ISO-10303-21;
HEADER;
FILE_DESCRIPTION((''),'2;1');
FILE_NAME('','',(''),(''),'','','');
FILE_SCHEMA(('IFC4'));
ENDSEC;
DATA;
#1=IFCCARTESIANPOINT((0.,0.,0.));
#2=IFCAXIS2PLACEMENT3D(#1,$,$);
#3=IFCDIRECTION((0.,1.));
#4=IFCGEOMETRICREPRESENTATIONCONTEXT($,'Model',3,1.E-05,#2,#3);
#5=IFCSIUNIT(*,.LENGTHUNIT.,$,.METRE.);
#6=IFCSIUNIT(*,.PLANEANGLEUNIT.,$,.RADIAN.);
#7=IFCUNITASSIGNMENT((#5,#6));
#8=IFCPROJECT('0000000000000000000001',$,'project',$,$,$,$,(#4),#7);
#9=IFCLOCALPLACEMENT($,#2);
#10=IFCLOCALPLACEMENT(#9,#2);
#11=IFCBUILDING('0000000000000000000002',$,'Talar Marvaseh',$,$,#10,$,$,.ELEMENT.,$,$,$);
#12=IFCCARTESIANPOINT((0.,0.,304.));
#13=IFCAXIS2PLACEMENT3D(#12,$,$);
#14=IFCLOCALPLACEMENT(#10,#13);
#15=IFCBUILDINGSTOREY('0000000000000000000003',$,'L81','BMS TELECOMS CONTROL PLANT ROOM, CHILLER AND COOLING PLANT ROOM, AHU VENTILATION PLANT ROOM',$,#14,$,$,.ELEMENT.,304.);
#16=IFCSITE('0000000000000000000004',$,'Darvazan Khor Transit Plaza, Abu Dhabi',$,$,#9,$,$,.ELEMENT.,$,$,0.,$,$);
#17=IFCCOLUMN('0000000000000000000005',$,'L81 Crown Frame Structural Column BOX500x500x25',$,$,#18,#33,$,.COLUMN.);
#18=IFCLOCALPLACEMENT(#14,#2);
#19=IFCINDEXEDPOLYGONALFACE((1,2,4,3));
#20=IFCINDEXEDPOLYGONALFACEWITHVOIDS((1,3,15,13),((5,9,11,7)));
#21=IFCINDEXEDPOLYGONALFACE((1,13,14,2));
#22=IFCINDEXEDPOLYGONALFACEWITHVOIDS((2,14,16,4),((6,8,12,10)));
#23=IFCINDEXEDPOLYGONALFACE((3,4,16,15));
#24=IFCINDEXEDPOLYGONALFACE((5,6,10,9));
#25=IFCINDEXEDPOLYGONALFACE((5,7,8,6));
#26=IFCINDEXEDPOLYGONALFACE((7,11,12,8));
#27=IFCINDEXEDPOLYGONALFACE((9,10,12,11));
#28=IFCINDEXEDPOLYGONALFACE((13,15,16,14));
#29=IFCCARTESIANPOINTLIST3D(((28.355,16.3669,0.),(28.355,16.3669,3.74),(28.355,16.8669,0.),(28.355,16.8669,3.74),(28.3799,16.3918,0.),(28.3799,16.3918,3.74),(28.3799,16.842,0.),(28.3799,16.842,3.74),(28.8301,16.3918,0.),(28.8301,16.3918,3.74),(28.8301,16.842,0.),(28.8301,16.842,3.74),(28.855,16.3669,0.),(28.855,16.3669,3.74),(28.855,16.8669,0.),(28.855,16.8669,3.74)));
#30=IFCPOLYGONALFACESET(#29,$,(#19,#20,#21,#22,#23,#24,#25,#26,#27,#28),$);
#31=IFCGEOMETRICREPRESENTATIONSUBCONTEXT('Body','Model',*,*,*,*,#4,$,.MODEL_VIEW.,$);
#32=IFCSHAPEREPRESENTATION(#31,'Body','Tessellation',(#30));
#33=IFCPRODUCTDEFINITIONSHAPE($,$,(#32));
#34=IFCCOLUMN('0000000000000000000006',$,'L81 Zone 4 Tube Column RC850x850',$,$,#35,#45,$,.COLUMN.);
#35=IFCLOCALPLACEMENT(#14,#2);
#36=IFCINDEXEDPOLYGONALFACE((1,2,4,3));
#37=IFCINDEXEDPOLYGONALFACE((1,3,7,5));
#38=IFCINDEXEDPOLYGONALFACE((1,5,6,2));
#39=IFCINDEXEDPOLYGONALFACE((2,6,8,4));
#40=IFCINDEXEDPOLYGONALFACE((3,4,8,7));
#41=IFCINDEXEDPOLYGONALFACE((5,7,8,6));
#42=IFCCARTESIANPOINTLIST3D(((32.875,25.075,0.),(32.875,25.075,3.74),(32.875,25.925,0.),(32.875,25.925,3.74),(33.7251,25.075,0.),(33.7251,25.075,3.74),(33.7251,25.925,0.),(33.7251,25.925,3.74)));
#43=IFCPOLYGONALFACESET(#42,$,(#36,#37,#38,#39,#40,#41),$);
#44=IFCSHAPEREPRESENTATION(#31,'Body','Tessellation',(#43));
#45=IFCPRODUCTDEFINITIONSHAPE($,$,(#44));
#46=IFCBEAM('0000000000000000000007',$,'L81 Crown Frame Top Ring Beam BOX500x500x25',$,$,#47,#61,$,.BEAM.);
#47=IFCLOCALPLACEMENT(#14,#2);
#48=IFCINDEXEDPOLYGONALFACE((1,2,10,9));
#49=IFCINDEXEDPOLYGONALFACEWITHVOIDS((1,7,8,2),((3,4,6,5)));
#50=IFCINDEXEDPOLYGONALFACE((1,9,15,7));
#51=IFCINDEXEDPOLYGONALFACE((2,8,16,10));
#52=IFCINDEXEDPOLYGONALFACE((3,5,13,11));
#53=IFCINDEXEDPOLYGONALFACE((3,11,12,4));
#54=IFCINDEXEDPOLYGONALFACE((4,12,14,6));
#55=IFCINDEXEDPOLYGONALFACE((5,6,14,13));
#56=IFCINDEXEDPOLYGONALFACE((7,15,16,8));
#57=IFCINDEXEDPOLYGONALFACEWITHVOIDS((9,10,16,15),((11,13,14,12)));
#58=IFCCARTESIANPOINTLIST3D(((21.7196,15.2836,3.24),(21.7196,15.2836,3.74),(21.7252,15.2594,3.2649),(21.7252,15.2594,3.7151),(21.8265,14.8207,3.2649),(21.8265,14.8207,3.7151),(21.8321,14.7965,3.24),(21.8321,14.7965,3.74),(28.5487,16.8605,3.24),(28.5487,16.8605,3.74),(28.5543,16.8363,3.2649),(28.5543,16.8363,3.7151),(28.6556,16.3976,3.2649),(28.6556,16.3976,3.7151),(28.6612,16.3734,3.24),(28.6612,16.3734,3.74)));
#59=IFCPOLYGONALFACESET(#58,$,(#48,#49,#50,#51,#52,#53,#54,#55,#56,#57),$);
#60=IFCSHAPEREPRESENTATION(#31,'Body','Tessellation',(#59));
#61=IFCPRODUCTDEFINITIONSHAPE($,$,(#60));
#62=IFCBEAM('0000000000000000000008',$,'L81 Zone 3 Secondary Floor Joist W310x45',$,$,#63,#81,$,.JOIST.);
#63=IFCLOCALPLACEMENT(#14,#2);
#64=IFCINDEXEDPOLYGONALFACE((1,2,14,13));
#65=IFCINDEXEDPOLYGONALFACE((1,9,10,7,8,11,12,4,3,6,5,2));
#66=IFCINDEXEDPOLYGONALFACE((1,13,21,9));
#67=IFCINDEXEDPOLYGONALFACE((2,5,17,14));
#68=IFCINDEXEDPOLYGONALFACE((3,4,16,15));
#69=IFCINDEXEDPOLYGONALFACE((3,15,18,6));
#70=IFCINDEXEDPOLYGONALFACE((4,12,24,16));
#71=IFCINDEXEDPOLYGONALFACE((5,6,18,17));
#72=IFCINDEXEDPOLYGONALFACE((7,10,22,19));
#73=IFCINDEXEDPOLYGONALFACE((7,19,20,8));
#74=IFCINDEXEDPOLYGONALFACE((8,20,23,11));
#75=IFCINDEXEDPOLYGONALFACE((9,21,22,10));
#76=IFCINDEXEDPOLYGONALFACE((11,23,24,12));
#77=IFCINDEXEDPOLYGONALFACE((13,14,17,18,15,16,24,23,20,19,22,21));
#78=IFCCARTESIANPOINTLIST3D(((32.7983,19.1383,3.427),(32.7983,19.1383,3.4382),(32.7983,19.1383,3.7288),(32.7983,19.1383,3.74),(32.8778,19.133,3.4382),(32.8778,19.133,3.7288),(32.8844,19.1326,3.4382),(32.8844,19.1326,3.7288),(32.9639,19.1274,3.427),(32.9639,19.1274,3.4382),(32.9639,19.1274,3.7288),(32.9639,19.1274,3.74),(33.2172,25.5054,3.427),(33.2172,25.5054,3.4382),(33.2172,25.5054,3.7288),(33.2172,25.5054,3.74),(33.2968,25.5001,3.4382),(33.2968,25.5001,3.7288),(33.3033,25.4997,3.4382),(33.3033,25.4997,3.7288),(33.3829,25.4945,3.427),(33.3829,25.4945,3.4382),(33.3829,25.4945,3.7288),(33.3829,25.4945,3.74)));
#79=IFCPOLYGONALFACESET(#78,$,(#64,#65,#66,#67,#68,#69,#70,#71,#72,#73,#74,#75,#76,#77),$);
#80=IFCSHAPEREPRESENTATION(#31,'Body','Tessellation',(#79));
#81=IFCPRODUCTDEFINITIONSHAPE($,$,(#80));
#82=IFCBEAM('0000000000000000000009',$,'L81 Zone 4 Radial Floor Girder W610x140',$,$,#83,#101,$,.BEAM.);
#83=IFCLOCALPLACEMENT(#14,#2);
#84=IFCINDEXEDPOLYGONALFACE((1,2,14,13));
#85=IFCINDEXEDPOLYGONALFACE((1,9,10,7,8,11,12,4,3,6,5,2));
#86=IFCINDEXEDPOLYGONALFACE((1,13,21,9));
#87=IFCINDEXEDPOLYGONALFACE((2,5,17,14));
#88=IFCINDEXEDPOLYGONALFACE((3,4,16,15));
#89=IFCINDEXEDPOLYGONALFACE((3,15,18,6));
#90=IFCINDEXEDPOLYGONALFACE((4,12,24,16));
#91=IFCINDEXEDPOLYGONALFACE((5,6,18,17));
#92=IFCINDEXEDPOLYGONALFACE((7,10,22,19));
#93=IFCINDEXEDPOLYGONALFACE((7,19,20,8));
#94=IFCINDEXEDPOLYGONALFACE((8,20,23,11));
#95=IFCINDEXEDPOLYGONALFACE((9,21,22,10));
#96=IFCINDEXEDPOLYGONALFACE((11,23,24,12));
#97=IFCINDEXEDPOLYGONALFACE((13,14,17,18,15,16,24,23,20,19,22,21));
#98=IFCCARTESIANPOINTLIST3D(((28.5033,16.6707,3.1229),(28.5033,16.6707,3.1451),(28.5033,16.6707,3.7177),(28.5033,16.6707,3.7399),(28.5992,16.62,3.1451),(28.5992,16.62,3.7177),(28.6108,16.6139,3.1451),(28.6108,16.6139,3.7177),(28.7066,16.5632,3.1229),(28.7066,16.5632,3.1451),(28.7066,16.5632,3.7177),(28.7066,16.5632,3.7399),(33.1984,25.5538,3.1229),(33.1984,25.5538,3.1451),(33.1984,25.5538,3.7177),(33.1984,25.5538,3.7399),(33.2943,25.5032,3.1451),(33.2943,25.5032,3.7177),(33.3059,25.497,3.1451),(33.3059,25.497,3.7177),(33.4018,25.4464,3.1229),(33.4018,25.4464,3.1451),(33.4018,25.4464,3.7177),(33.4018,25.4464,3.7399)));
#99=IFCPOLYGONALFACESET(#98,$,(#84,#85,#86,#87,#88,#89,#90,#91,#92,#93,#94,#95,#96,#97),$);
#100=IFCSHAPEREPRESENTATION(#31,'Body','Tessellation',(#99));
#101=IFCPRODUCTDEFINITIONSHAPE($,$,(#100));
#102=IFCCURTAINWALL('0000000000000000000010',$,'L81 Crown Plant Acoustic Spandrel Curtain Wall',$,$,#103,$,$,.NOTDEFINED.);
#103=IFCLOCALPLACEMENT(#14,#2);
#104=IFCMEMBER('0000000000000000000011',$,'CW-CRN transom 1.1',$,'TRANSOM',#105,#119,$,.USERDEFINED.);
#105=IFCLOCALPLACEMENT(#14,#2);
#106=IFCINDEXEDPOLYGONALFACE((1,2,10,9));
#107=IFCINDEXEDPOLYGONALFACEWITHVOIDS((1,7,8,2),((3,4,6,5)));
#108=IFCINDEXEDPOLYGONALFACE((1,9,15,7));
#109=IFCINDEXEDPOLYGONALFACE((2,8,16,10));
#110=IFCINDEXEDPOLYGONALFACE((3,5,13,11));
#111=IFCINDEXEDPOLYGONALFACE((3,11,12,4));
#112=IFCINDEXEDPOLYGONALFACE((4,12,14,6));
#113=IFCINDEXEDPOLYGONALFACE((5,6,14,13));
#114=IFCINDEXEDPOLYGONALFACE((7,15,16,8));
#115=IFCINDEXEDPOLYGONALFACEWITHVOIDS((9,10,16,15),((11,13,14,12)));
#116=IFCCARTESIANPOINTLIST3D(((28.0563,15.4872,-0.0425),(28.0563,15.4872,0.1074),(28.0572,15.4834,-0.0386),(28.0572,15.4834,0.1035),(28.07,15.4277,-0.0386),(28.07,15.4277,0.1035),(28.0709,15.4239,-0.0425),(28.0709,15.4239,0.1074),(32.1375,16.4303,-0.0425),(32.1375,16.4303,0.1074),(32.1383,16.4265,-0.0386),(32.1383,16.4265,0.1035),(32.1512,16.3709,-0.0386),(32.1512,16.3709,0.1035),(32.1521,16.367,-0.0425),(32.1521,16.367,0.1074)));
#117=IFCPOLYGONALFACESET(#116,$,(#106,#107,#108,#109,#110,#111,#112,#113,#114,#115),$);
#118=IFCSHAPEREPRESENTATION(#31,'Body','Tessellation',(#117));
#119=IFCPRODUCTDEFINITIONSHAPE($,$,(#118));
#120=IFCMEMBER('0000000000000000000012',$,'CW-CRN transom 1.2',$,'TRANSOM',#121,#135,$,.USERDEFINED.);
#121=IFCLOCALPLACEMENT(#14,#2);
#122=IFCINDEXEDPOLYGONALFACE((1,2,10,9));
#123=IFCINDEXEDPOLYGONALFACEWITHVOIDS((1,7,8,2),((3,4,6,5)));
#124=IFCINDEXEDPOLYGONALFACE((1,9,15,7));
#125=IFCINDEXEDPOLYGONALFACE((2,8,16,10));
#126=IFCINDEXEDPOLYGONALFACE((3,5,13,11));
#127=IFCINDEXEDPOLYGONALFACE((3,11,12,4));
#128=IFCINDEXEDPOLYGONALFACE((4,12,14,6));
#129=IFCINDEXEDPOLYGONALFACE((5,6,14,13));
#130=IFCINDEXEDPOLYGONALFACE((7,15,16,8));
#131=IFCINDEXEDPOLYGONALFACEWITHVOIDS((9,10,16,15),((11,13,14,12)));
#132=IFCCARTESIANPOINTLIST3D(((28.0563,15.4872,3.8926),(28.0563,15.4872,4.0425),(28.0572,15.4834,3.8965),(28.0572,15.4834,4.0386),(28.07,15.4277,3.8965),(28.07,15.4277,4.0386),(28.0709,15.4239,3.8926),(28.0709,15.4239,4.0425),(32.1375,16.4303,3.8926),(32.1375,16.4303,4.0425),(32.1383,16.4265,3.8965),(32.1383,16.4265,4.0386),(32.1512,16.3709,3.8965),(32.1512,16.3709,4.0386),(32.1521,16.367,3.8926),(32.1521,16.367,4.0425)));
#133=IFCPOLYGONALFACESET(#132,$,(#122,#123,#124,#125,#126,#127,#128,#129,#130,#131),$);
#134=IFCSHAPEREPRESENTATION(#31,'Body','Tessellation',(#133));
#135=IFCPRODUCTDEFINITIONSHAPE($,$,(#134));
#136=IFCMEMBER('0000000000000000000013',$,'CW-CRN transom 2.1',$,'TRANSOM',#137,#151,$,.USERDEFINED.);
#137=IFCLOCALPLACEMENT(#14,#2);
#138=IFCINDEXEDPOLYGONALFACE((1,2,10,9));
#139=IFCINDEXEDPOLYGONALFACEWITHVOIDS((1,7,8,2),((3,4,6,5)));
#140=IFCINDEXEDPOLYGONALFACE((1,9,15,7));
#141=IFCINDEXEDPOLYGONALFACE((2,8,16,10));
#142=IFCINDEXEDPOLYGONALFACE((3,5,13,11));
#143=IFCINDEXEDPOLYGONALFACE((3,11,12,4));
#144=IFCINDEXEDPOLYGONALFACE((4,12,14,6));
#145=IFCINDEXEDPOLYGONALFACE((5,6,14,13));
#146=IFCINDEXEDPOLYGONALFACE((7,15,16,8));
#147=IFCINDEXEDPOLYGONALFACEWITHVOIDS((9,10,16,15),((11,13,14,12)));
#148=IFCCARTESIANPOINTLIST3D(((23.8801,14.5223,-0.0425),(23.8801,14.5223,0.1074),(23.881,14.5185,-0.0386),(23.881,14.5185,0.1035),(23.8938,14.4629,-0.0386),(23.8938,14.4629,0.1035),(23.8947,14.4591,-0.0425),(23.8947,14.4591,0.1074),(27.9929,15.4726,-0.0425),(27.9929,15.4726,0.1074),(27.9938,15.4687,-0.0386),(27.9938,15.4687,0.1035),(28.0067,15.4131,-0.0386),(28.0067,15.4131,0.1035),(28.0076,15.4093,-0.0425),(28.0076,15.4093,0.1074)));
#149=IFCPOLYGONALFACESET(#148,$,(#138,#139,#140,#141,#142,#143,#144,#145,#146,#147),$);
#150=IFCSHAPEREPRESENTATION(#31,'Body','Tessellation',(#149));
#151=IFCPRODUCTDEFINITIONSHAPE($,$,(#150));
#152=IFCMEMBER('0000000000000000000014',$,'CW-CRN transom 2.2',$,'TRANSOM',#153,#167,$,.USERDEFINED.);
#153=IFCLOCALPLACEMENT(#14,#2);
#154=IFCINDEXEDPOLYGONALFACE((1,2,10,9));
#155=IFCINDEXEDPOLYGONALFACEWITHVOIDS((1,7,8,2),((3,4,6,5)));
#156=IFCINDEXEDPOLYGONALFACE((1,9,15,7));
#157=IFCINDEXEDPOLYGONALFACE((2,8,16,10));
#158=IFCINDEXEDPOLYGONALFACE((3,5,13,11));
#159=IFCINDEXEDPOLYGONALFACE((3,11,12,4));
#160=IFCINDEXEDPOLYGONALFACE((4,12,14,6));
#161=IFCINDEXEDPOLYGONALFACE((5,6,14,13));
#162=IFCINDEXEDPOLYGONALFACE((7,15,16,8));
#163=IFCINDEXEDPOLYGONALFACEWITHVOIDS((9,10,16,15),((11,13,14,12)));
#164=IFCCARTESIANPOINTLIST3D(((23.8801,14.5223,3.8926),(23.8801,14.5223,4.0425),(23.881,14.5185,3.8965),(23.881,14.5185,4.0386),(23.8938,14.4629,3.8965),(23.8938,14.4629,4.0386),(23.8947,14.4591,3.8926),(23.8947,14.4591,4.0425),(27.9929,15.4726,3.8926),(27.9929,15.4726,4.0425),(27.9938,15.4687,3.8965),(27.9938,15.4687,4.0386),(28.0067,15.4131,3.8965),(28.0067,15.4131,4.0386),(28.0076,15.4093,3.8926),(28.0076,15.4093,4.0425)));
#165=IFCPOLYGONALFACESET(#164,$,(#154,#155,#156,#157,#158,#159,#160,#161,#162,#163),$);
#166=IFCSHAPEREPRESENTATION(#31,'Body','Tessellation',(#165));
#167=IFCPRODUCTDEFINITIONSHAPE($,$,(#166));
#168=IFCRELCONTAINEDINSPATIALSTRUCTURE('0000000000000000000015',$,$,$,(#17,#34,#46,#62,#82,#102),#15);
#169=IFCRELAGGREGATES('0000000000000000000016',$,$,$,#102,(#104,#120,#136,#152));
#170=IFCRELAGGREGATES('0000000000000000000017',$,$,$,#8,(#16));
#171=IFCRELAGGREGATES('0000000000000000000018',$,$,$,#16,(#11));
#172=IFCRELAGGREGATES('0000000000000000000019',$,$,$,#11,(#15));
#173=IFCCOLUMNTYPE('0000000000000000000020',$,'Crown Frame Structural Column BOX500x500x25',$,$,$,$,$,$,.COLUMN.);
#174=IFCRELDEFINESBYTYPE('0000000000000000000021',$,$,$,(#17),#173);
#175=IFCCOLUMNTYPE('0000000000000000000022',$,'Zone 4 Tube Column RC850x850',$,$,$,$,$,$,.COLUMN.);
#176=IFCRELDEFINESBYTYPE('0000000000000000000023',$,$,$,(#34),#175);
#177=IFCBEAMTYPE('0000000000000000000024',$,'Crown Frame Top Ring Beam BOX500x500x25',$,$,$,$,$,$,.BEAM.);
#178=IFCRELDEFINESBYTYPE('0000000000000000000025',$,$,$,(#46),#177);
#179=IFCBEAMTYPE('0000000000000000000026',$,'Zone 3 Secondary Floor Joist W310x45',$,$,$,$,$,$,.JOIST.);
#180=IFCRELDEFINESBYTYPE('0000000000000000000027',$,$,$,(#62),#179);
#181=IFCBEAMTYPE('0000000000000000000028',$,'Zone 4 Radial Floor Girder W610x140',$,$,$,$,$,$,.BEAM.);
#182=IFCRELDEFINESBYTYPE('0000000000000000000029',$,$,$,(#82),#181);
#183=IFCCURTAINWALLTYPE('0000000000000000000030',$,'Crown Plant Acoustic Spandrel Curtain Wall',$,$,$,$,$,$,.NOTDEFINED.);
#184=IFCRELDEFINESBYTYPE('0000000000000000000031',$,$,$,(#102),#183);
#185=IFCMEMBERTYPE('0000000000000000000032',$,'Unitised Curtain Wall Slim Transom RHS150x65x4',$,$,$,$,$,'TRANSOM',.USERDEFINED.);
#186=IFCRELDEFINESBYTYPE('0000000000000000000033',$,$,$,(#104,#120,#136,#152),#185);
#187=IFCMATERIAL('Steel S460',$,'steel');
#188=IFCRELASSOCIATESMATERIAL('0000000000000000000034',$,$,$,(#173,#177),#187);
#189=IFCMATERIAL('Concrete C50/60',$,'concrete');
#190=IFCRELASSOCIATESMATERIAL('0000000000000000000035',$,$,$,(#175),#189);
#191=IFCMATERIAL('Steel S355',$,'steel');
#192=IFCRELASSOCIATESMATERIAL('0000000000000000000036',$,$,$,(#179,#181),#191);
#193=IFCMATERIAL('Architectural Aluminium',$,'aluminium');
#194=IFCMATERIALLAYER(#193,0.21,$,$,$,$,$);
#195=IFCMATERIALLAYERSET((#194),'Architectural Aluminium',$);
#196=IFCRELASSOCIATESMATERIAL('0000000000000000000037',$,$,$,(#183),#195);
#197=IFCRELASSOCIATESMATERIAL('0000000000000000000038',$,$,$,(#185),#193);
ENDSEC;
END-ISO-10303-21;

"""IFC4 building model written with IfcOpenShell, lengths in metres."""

from ifc_helpers import new_model, si_unit, direction, frame, origin, origin_2d, place, context, subcontext, project, spatial, rectangle, hollow_rectangle, i_section, extrude, source, transform, mapped, material, layer, layer_set, material_profile, profile_set, type_object, type_shapes, element, aggregate, save


model = new_model("IFC4")

# Units and contexts
model_context = context("Model", 3, precision=1e-05, world=origin(), true_north=direction((0.0, 1.0)))
body_context = subcontext(model_context, "Body", "Model", "MODEL_VIEW")
ifc_project = project(units=[si_unit("LENGTHUNIT", "METRE"), si_unit("PLANEANGLEUNIT", "RADIAN")], contexts=[model_context])

# Site, building, storey
site_placement = place(None, origin())
site = spatial("IfcSite", under=ifc_project, at=site_placement, Name="Darvazan Khor Transit Plaza, Abu Dhabi", CompositionType="ELEMENT", RefElevation=0.0)
building_placement = place(site_placement, origin())
building = spatial("IfcBuilding", under=site, at=building_placement, Name="Talar Marvaseh", CompositionType="ELEMENT")
storey_placement = place(building_placement, frame((0.0, 0.0, 304.0)))
storey = spatial("IfcBuildingStorey", under=building, at=storey_placement, Name="L81", Description="BMS TELECOMS CONTROL PLANT ROOM, CHILLER AND COOLING PLANT ROOM, AHU VENTILATION PLANT ROOM", CompositionType="ELEMENT", Elevation=304.0)

# Columns
ifc_material_1 = material(Name="Steel S460", Category="steel")
ifc_material_profile_1 = material_profile(ifc_material_1, hollow_rectangle(XDim=0.5, YDim=0.5, WallThickness=0.0249, at=origin_2d()), Name="BOX500x500x25")
ifc_profile_set_1 = profile_set([ifc_material_profile_1], Name="Steel S460")
column_type_1 = type_object("IfcColumnType", Name="Crown Frame Structural Column BOX500x500x25", PredefinedType="COLUMN", material=ifc_profile_set_1)
column_1_placement = place(storey_placement, frame((28.605, 16.6169, 0.0), z_axis=(0.0, 0.0, 1.0), x_axis=(1.0, 0.0, 0.0)))
element("IfcColumn", 1, at=column_1_placement, inside=storey, type_object=column_type_1, Name="L81 Crown Frame Structural Column BOX500x500x25", PredefinedType="COLUMN", context=body_context, shape_type="SweptSolid", body=[
    extrude(hollow_rectangle(XDim=0.5, YDim=0.5, WallThickness=0.0249, at=origin_2d()), origin(), (0.0, 0.0, 1.0), 3.74),
])
ifc_material_2 = material(Name="Concrete C50/60", Category="concrete")
ifc_material_profile_2 = material_profile(ifc_material_2, rectangle(XDim=0.8501, YDim=0.8501, at=origin_2d()), Name="RC850x850")
ifc_profile_set_2 = profile_set([ifc_material_profile_2], Name="Concrete C50/60")
column_type_2 = type_object("IfcColumnType", Name="Zone 4 Tube Column RC850x850", PredefinedType="COLUMN", material=ifc_profile_set_2)
column_2_placement = place(storey_placement, frame((33.3, 25.5, 0.0), z_axis=(0.0, 0.0, 1.0), x_axis=(1.0, 0.0, 0.0)))
element("IfcColumn", 2, at=column_2_placement, inside=storey, type_object=column_type_2, Name="L81 Zone 4 Tube Column RC850x850", PredefinedType="COLUMN", context=body_context, shape_type="SweptSolid", body=[
    extrude(rectangle(XDim=0.8501, YDim=0.8501, at=origin_2d()), origin(), (0.0, 0.0, 1.0), 3.74),
])

# Beams
ifc_material_profile_3 = material_profile(ifc_material_1, hollow_rectangle(XDim=0.5, YDim=0.5, WallThickness=0.0249, at=origin_2d()), Name="BOX500x500x25")
ifc_profile_set_3 = profile_set([ifc_material_profile_3], Name="Steel S460")
beam_type_1 = type_object("IfcBeamType", Name="Crown Frame Top Ring Beam BOX500x500x25", PredefinedType="BEAM", material=ifc_profile_set_3)
beam_1_placement = place(storey_placement, frame((28.605, 16.6169, 3.49), z_axis=(-0.974361, -0.224989, 0.0), x_axis=(0.224989, -0.974361, 0.0)))
element("IfcBeam", 3, at=beam_1_placement, inside=storey, type_object=beam_type_1, Name="L81 Crown Frame Top Ring Beam BOX500x500x25", PredefinedType="BEAM", context=body_context, shape_type="SweptSolid", body=[
    extrude(hollow_rectangle(XDim=0.5, YDim=0.5, WallThickness=0.0249, at=origin_2d()), origin(), (0.0, 0.0, 1.0), 7.0088),
])
ifc_material_3 = material(Name="Steel S355", Category="steel")
ifc_material_profile_4 = material_profile(ifc_material_3, i_section(OverallWidth=0.166, OverallDepth=0.313, WebThickness=0.0066, FlangeThickness=0.0112, at=origin_2d()), Name="W310x45")
ifc_profile_set_4 = profile_set([ifc_material_profile_4], Name="Steel S355")
beam_type_2 = type_object("IfcBeamType", Name="Zone 3 Secondary Floor Joist W310x45", PredefinedType="JOIST", material=ifc_profile_set_4)
beam_2_placement = place(storey_placement, frame((32.8811, 19.1328, 3.5835), z_axis=(0.065656, 0.997842, 0.0), x_axis=(-0.997842, 0.065656, 0.0)))
element("IfcBeam", 4, at=beam_2_placement, inside=storey, type_object=beam_type_2, Name="L81 Zone 3 Secondary Floor Joist W310x45", PredefinedType="JOIST", context=body_context, shape_type="SweptSolid", body=[
    extrude(i_section(OverallWidth=0.166, OverallDepth=0.313, WebThickness=0.0066, FlangeThickness=0.0112, at=origin_2d()), origin(), (0.0, 0.0, 1.0), 6.3809),
])
ifc_material_profile_5 = material_profile(ifc_material_3, i_section(OverallWidth=0.23, OverallDepth=0.6169, WebThickness=0.0132, FlangeThickness=0.0222, at=origin_2d()), Name="W610x140")
ifc_profile_set_5 = profile_set([ifc_material_profile_5], Name="Steel S355")
beam_type_3 = type_object("IfcBeamType", Name="Zone 4 Radial Floor Girder W610x140", PredefinedType="BEAM", material=ifc_profile_set_5)
beam_3_placement = place(storey_placement, frame((28.605, 16.6169, 3.4314), z_axis=(0.467287, 0.884106, 0.0), x_axis=(-0.884106, 0.467287, 0.0)))
element("IfcBeam", 5, at=beam_3_placement, inside=storey, type_object=beam_type_3, Name="L81 Zone 4 Radial Floor Girder W610x140", PredefinedType="BEAM", context=body_context, shape_type="SweptSolid", body=[
    extrude(i_section(OverallWidth=0.23, OverallDepth=0.6169, WebThickness=0.0132, FlangeThickness=0.0222, at=origin_2d()), origin(), (0.0, 0.0, 1.0), 10.0476),
])

# Curtain wall, members
ifc_material_4 = material(Name="Architectural Aluminium", Category="aluminium")
ifc_layer_1 = layer(ifc_material_4, 0.21)
ifc_layer_set_1 = layer_set([ifc_layer_1], Name="Architectural Aluminium")
curtain_wall_type = type_object("IfcCurtainWallType", Name="Crown Plant Acoustic Spandrel Curtain Wall", PredefinedType="NOTDEFINED", material=ifc_layer_set_1)
curtain_wall_placement = place(storey_placement, origin())
curtain_wall = element("IfcCurtainWall", 6, at=curtain_wall_placement, inside=storey, type_object=curtain_wall_type, Name="L81 Crown Plant Acoustic Spandrel Curtain Wall", PredefinedType="NOTDEFINED")
ifc_material_profile_6 = material_profile(ifc_material_4, hollow_rectangle(XDim=0.0649, YDim=0.1499, WallThickness=0.0039, at=origin_2d()), Name="RHS150x65x4")
ifc_profile_set_6 = profile_set([ifc_material_profile_6], Name="Architectural Aluminium")
member_type_1 = type_object("IfcMemberType", Name="Unitised Curtain Wall Slim Transom RHS150x65x4", ElementType="TRANSOM", PredefinedType="USERDEFINED", material=ifc_profile_set_6)
shared_shape_1 = source(origin(), body_context, "Body", "SweptSolid", [
    extrude(hollow_rectangle(XDim=0.0649, YDim=0.1499, WallThickness=0.0039, at=origin_2d()), origin(), (0.0, 0.0, 1.0), 4.1887),
])
member_1_placement = place(storey_placement, frame((32.1448, 16.3987, 0.0325), z_axis=(-0.974321, -0.225162, 0.0), x_axis=(0.225162, -0.974321, 0.0)))
member_1 = element("IfcMember", 7, at=member_1_placement, type_object=member_type_1, Name="CW-CRN transom 1.1", ObjectType="TRANSOM", PredefinedType="USERDEFINED", context=body_context, shape_type="MappedRepresentation", body=[
    mapped(shared_shape_1, transform((0.0, 0.0, 0.0), x_axis=(1.0, 0.0, 0.0), y_axis=(0.0, 1.0, 0.0), z_axis=(0.0, 0.0, 1.0), scale=1.0)),
])
member_2_placement = place(storey_placement, frame((32.1448, 16.3987, 3.9675), z_axis=(-0.974321, -0.225162, 0.0), x_axis=(0.225162, -0.974321, 0.0)))
member_2 = element("IfcMember", 8, at=member_2_placement, type_object=member_type_1, Name="CW-CRN transom 1.2", ObjectType="TRANSOM", PredefinedType="USERDEFINED", context=body_context, shape_type="MappedRepresentation", body=[
    mapped(shared_shape_1, transform((0.0, 0.0, 0.0), x_axis=(1.0, 0.0, 0.0), y_axis=(0.0, 1.0, 0.0), z_axis=(0.0, 0.0, 1.0), scale=1.0)),
])
shared_shape_2 = source(origin(), body_context, "Body", "SweptSolid", [
    extrude(hollow_rectangle(XDim=0.0649, YDim=0.1499, WallThickness=0.0039, at=origin_2d()), origin(), (0.0, 0.0, 1.0), 4.2212),
])
type_shapes(member_type_1, [shared_shape_1, shared_shape_2])
member_3_placement = place(storey_placement, frame((28.0002, 15.4409, 0.0325), z_axis=(-0.974335, -0.225104, 0.0), x_axis=(0.225104, -0.974335, 0.0)))
member_3 = element("IfcMember", 9, at=member_3_placement, type_object=member_type_1, Name="CW-CRN transom 2.1", ObjectType="TRANSOM", PredefinedType="USERDEFINED", context=body_context, shape_type="MappedRepresentation", body=[
    mapped(shared_shape_2, transform((0.0, 0.0, 0.0), x_axis=(1.0, 0.0, 0.0), y_axis=(0.0, 1.0, 0.0), z_axis=(0.0, 0.0, 1.0), scale=1.0)),
])
member_4_placement = place(storey_placement, frame((28.0002, 15.4409, 3.9675), z_axis=(-0.974335, -0.225104, 0.0), x_axis=(0.225104, -0.974335, 0.0)))
member_4 = element("IfcMember", 10, at=member_4_placement, type_object=member_type_1, Name="CW-CRN transom 2.2", ObjectType="TRANSOM", PredefinedType="USERDEFINED", context=body_context, shape_type="MappedRepresentation", body=[
    mapped(shared_shape_2, transform((0.0, 0.0, 0.0), x_axis=(1.0, 0.0, 0.0), y_axis=(0.0, 1.0, 0.0), z_axis=(0.0, 0.0, 1.0), scale=1.0)),
])

aggregate(curtain_wall, [member_1, member_2, member_3, member_4])

save(model, "model.ifc")
